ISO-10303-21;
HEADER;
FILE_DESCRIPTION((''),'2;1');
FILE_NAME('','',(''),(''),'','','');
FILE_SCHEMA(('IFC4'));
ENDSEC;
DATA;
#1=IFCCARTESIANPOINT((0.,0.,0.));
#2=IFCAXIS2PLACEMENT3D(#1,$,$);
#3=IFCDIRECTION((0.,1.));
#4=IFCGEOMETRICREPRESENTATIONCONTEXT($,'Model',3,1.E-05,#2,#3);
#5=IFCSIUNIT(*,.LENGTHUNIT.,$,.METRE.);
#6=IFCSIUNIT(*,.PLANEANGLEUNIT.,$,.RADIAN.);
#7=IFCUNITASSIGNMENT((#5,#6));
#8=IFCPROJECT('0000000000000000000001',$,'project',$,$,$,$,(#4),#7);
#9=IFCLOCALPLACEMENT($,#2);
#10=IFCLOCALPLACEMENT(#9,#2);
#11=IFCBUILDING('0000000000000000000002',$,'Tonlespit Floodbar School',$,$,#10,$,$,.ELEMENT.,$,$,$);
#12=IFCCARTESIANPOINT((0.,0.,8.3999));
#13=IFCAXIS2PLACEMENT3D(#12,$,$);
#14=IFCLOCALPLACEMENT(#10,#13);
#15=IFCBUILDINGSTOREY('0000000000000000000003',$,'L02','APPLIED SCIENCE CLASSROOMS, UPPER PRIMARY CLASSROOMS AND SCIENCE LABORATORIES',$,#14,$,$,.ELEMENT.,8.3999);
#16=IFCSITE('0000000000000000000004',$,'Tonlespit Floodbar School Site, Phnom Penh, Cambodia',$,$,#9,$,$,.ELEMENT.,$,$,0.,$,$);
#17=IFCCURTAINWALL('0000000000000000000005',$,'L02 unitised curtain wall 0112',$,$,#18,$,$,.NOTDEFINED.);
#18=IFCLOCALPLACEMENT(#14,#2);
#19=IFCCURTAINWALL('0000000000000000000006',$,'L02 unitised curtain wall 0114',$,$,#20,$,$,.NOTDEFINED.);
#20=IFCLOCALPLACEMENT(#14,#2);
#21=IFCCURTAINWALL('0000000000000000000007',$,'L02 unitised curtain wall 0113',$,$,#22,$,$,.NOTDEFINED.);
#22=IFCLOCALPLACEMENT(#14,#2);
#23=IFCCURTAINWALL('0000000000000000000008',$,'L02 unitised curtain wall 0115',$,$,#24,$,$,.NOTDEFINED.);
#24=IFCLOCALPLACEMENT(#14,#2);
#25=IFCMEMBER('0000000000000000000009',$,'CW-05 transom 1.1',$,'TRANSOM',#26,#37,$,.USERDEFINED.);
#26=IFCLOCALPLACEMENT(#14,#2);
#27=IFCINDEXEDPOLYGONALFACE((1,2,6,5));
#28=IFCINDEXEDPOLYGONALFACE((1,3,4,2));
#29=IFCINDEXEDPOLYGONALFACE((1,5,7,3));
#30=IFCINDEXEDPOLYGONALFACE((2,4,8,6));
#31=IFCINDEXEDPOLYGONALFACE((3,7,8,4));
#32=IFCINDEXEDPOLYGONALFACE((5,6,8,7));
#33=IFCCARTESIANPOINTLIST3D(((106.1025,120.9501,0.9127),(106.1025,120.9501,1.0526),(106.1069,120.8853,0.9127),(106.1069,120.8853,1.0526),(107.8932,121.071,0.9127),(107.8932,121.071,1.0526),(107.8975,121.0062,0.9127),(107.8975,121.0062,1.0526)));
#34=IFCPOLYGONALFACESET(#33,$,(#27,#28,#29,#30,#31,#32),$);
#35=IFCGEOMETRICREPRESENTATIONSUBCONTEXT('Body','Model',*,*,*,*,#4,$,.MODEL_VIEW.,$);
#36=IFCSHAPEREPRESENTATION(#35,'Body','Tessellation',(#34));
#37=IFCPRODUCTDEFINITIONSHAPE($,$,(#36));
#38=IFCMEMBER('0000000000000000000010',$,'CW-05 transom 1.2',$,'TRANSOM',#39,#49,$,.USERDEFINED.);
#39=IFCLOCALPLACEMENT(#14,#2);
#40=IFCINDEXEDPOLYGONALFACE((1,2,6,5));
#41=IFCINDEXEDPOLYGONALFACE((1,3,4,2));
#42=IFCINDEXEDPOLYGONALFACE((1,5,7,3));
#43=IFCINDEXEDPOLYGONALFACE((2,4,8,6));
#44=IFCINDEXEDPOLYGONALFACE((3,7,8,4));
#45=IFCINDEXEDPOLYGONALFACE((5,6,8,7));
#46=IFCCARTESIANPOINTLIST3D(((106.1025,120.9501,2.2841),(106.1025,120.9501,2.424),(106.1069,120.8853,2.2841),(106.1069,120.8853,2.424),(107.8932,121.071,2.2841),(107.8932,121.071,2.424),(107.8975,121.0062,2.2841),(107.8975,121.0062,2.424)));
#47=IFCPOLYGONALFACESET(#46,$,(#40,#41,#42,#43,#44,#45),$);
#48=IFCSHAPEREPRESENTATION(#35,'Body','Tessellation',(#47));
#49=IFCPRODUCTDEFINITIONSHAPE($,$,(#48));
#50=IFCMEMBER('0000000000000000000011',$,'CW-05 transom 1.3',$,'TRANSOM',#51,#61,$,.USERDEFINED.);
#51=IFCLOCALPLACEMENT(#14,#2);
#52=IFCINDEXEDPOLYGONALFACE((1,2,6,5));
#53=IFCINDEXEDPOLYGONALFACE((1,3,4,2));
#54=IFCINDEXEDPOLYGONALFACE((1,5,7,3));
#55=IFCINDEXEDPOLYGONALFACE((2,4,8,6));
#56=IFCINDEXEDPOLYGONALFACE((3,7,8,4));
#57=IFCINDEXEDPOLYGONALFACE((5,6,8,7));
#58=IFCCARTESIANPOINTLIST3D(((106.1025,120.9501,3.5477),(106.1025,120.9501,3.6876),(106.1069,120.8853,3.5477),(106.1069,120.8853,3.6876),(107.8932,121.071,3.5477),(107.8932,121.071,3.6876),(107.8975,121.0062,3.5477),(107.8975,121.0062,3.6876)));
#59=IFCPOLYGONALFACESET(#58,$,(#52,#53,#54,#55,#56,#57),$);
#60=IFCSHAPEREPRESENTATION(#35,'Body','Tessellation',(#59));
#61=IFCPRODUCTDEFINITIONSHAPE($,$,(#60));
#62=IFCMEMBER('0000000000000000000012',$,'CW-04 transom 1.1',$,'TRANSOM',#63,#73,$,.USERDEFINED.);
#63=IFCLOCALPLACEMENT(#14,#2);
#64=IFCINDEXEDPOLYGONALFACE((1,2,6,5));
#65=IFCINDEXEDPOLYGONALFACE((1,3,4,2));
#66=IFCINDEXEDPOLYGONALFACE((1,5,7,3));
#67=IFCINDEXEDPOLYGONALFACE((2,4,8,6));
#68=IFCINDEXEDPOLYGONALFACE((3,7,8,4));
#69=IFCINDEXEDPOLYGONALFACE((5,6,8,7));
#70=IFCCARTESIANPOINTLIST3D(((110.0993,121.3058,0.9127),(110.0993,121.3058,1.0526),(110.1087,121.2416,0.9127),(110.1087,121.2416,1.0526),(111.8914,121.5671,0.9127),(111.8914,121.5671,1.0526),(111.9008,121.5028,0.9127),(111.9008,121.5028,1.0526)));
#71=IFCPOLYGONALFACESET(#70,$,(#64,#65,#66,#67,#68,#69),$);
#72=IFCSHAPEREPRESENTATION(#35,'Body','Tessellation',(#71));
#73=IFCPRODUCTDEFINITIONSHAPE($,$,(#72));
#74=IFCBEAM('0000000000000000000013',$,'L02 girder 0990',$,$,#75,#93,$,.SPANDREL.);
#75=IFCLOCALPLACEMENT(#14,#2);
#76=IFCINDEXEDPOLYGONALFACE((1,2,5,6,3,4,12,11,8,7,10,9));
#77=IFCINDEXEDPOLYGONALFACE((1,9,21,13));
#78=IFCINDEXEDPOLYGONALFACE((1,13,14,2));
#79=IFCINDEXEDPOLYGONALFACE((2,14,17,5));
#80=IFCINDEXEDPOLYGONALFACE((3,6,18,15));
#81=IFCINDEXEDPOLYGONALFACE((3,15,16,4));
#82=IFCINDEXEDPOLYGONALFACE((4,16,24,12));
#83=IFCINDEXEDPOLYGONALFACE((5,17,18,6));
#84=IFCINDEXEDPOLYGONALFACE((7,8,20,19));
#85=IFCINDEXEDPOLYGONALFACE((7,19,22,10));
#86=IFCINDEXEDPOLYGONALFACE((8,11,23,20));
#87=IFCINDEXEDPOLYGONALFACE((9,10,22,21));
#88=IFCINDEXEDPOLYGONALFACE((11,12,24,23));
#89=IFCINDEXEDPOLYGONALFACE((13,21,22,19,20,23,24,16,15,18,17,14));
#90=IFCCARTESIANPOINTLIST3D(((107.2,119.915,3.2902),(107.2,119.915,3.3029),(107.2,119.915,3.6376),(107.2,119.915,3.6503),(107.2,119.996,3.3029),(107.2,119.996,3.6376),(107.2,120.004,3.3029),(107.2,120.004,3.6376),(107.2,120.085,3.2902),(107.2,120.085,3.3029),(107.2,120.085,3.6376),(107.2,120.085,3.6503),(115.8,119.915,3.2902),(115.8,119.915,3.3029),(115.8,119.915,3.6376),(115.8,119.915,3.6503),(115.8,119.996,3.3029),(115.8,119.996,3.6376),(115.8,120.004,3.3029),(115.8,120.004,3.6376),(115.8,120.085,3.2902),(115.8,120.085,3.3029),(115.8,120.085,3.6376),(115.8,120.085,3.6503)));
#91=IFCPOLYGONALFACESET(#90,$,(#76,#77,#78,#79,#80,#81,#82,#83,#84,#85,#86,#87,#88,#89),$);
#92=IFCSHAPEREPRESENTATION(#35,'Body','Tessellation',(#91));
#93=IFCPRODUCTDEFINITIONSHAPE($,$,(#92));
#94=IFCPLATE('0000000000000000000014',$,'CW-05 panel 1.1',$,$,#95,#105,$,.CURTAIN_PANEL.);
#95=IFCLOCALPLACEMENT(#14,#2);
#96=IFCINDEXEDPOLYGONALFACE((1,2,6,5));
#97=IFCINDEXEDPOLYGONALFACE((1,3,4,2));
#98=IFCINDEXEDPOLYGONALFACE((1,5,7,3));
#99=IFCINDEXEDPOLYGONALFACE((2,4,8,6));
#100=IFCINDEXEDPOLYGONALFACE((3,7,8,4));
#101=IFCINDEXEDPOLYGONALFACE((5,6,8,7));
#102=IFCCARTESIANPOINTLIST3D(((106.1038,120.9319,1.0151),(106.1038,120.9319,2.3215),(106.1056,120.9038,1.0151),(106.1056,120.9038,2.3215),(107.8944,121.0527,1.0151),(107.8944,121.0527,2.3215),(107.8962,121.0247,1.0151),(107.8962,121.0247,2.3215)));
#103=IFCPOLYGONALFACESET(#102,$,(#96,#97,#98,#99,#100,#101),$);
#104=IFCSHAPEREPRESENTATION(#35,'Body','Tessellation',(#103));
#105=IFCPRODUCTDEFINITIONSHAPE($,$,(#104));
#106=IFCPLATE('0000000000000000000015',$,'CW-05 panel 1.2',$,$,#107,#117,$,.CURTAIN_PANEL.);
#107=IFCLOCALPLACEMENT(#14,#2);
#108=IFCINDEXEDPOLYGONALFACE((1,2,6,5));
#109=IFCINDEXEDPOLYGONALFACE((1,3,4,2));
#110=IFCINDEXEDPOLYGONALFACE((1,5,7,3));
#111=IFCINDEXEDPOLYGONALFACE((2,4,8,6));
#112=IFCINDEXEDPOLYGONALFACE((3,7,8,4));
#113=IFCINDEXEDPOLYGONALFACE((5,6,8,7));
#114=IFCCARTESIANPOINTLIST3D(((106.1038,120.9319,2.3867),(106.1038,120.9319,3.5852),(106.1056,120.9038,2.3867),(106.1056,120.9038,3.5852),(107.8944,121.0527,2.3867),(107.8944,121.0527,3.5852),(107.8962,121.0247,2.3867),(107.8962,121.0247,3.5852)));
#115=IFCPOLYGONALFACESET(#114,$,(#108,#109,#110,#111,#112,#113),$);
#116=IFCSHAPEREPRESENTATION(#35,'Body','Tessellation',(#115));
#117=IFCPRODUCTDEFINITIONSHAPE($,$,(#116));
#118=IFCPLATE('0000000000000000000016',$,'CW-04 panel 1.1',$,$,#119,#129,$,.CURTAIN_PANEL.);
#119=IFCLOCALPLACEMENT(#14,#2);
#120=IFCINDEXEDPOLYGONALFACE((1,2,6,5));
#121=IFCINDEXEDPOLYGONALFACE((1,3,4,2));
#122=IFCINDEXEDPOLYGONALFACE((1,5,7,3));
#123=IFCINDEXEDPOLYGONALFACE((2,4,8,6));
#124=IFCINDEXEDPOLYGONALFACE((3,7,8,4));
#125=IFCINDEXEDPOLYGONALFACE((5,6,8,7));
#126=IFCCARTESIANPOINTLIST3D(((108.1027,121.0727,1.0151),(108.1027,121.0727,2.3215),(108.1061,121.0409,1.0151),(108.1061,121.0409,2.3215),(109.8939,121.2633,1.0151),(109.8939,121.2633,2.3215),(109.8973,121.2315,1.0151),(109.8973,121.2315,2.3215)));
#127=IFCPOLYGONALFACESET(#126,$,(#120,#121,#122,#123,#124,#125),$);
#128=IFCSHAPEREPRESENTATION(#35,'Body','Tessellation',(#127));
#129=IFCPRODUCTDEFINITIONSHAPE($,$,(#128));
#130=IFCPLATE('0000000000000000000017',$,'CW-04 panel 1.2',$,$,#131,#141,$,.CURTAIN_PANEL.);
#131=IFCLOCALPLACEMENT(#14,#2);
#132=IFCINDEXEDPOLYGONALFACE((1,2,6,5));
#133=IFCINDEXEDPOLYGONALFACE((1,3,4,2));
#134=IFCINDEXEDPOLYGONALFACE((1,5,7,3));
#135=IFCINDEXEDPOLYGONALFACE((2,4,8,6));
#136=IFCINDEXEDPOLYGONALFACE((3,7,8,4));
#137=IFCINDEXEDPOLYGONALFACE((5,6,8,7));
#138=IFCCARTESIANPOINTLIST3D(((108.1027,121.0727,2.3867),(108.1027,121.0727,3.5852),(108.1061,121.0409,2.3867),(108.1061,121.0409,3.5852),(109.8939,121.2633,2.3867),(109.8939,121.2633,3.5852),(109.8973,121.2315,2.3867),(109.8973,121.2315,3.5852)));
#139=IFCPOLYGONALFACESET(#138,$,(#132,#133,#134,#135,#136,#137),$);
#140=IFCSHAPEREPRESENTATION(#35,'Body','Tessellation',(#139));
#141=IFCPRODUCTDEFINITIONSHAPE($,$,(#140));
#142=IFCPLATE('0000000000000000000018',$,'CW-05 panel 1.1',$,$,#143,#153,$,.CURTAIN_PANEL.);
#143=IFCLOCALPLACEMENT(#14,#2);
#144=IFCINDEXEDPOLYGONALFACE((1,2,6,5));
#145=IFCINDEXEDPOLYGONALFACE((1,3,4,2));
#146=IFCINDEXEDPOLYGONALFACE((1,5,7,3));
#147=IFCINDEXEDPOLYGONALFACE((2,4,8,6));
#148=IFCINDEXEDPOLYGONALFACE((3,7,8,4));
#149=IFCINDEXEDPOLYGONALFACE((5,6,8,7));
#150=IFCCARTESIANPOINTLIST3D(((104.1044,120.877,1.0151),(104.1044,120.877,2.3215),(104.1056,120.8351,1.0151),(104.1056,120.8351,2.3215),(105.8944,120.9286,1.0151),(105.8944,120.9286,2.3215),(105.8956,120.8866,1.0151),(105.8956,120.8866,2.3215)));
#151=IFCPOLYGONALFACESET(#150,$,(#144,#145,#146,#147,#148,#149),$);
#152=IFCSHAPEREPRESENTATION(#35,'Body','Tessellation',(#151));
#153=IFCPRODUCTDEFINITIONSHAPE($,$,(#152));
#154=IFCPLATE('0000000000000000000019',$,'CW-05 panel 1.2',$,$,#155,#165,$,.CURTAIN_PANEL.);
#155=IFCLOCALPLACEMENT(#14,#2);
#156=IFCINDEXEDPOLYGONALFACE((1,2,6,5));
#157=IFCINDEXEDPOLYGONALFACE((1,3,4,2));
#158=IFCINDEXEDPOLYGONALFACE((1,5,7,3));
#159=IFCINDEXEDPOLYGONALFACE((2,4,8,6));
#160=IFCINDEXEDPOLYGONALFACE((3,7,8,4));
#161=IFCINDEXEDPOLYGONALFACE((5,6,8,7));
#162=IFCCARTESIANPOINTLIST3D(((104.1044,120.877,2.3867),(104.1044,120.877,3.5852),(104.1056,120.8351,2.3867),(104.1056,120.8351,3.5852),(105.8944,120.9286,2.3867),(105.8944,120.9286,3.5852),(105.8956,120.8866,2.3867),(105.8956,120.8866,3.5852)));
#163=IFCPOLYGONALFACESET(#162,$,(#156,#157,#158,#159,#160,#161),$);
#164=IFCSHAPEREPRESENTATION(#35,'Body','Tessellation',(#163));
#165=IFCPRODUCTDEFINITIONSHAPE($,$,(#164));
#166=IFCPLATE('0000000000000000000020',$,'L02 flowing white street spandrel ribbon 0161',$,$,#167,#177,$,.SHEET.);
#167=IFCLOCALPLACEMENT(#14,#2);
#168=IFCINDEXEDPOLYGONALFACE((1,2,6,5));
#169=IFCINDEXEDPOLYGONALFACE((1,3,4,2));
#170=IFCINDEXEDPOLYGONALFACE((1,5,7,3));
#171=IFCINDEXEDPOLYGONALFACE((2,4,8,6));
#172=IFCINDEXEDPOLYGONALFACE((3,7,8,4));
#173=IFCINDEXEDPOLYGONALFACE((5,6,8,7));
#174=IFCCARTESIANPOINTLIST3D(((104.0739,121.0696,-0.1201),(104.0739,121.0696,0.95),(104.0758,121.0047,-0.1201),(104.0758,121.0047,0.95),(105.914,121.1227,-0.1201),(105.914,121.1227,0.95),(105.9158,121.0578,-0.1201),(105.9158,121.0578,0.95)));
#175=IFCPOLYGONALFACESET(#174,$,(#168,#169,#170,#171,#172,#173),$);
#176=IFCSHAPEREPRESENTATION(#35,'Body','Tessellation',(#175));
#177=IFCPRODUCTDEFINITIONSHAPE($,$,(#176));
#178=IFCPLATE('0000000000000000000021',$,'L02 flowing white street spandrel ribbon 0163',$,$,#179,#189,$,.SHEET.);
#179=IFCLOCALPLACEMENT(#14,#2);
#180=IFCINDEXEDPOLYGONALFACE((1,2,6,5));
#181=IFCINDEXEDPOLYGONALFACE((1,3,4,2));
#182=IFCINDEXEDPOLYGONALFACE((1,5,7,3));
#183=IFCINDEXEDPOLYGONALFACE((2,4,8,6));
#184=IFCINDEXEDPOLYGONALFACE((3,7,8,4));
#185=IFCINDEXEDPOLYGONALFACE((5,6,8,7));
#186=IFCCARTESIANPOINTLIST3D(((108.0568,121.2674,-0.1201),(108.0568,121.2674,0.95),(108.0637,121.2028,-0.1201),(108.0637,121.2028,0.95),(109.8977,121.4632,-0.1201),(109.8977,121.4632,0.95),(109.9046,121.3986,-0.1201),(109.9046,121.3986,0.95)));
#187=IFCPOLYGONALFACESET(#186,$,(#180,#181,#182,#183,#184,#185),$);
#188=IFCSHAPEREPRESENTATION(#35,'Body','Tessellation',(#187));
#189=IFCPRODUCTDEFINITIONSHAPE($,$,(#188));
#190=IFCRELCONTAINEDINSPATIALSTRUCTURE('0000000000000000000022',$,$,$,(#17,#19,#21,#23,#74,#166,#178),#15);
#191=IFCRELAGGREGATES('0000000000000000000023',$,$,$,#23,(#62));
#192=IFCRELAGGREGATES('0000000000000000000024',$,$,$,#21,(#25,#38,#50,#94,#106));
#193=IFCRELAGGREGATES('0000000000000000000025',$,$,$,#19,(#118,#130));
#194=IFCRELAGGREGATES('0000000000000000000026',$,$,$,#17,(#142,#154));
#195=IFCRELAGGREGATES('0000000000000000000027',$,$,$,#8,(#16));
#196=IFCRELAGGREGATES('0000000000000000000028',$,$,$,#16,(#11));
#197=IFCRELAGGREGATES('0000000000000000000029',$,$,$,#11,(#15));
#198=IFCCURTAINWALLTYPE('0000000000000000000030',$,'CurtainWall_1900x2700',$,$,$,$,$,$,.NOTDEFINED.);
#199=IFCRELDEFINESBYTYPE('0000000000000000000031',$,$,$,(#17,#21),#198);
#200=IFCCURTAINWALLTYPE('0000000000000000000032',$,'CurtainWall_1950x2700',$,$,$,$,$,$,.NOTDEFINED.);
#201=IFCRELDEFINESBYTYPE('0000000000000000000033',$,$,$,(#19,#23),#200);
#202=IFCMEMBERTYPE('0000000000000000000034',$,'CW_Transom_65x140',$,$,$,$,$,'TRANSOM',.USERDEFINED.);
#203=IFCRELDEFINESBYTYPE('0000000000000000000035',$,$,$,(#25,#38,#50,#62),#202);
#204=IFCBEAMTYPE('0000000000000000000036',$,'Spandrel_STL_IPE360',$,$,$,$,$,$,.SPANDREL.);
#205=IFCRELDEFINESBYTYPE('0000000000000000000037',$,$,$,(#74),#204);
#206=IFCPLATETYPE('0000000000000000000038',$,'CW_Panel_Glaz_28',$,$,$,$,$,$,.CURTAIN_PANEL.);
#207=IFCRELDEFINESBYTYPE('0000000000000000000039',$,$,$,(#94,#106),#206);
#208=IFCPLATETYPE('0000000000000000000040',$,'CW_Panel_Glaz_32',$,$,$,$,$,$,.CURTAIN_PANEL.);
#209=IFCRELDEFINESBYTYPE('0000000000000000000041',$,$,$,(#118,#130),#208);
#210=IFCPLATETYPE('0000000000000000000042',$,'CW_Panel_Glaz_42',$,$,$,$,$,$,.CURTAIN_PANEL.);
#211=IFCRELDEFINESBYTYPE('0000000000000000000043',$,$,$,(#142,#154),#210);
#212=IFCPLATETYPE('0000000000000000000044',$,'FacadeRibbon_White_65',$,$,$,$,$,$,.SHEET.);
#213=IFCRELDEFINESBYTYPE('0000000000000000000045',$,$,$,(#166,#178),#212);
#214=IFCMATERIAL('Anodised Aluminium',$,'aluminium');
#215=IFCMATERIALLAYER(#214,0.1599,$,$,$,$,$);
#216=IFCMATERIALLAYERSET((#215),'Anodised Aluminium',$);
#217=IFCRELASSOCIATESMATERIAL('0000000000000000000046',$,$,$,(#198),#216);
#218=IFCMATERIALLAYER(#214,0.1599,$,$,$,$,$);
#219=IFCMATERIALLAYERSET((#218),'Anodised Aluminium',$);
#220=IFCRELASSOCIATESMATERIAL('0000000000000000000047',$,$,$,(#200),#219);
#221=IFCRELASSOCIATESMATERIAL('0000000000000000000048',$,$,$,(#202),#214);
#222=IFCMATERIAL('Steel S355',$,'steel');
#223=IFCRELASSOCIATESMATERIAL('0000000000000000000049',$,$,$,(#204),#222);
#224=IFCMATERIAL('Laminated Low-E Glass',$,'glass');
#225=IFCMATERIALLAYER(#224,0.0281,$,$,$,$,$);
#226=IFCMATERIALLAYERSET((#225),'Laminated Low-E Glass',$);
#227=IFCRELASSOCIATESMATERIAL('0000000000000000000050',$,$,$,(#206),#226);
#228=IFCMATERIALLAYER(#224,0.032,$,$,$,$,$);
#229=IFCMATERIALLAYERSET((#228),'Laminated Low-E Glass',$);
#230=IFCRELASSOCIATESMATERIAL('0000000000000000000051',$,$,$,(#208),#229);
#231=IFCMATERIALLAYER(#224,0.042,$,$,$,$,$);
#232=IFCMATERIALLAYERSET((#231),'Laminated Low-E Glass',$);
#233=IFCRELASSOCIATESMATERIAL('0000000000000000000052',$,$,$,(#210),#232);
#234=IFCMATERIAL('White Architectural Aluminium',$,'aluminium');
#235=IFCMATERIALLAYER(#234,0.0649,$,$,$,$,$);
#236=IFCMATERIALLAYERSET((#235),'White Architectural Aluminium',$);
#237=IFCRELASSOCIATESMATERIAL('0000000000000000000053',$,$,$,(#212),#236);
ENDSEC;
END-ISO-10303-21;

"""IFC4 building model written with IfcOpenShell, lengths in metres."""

from ifc_helpers import new_model, si_unit, direction, frame, origin, origin_2d, place, context, subcontext, project, spatial, rectangle, i_section, extrude, material, layer, layer_set, material_profile, profile_set, type_object, element, aggregate, save


model = new_model("IFC4")

# Units and contexts
model_context = context("Model", 3, precision=1e-05, world=origin(), true_north=direction((0.0, 1.0)))
body_context = subcontext(model_context, "Body", "Model", "MODEL_VIEW")
ifc_project = project(units=[si_unit("LENGTHUNIT", "METRE"), si_unit("PLANEANGLEUNIT", "RADIAN")], contexts=[model_context])

# Site, building, storey
site_placement = place(None, origin())
site = spatial("IfcSite", under=ifc_project, at=site_placement, Name="Tonlespit Floodbar School Site, Phnom Penh, Cambodia", CompositionType="ELEMENT", RefElevation=0.0)
building_placement = place(site_placement, origin())
building = spatial("IfcBuilding", under=site, at=building_placement, Name="Tonlespit Floodbar School", CompositionType="ELEMENT")
storey_placement = place(building_placement, frame((0.0, 0.0, 8.3999)))
storey = spatial("IfcBuildingStorey", under=building, at=storey_placement, Name="L02", Description="APPLIED SCIENCE CLASSROOMS, UPPER PRIMARY CLASSROOMS AND SCIENCE LABORATORIES", CompositionType="ELEMENT", Elevation=8.3999)

# Curtain walls
ifc_material_1 = material(Name="Anodised Aluminium", Category="aluminium")
ifc_layer_1 = layer(ifc_material_1, 0.1599)
ifc_layer_set_1 = layer_set([ifc_layer_1], Name="Anodised Aluminium")
curtain_wall_type_1 = type_object("IfcCurtainWallType", Name="CurtainWall_1900x2700", PredefinedType="NOTDEFINED", material=ifc_layer_set_1)
curtain_wall_1_placement = place(storey_placement, origin())
curtain_wall_1 = element("IfcCurtainWall", 1, at=curtain_wall_1_placement, inside=storey, type_object=curtain_wall_type_1, Name="L02 unitised curtain wall 0112", PredefinedType="NOTDEFINED")
ifc_layer_2 = layer(ifc_material_1, 0.1599)
ifc_layer_set_2 = layer_set([ifc_layer_2], Name="Anodised Aluminium")
curtain_wall_type_2 = type_object("IfcCurtainWallType", Name="CurtainWall_1950x2700", PredefinedType="NOTDEFINED", material=ifc_layer_set_2)
curtain_wall_2_placement = place(storey_placement, origin())
curtain_wall_2 = element("IfcCurtainWall", 2, at=curtain_wall_2_placement, inside=storey, type_object=curtain_wall_type_2, Name="L02 unitised curtain wall 0114", PredefinedType="NOTDEFINED")
curtain_wall_3_placement = place(storey_placement, origin())
curtain_wall_3 = element("IfcCurtainWall", 3, at=curtain_wall_3_placement, inside=storey, type_object=curtain_wall_type_1, Name="L02 unitised curtain wall 0113", PredefinedType="NOTDEFINED")

# Curtain wall
curtain_wall_4_placement = place(storey_placement, origin())
curtain_wall_4 = element("IfcCurtainWall", 4, at=curtain_wall_4_placement, inside=storey, type_object=curtain_wall_type_2, Name="L02 unitised curtain wall 0115", PredefinedType="NOTDEFINED")

# Members
ifc_material_profile_1 = material_profile(ifc_material_1, rectangle(XDim=0.0649, YDim=0.1399, at=origin_2d()), Name="ALU T65x140")
ifc_profile_set_1 = profile_set([ifc_material_profile_1], Name="Anodised Aluminium")
member_type_1 = type_object("IfcMemberType", Name="CW_Transom_65x140", ElementType="TRANSOM", PredefinedType="USERDEFINED", material=ifc_profile_set_1)
member_1_placement = place(storey_placement, frame((106.1047, 120.9177, 0.9827), z_axis=(0.99773, 0.067341, 0.0), x_axis=(-0.067341, 0.99773, 0.0)))
member_1 = element("IfcMember", 5, at=member_1_placement, type_object=member_type_1, Name="CW-05 transom 1.1", ObjectType="TRANSOM", PredefinedType="USERDEFINED", context=body_context, shape_type="SweptSolid", body=[
    extrude(rectangle(XDim=0.0649, YDim=0.1399, at=origin_2d()), origin(), (0.0, 0.0, 1.0), 1.7947),
])
member_2_placement = place(storey_placement, frame((106.1047, 120.9177, 2.354), z_axis=(0.99773, 0.067341, 0.0), x_axis=(-0.067341, 0.99773, 0.0)))
member_2 = element("IfcMember", 6, at=member_2_placement, type_object=member_type_1, Name="CW-05 transom 1.2", ObjectType="TRANSOM", PredefinedType="USERDEFINED", context=body_context, shape_type="SweptSolid", body=[
    extrude(rectangle(XDim=0.0649, YDim=0.1399, at=origin_2d()), origin(), (0.0, 0.0, 1.0), 1.7947),
])
member_3_placement = place(storey_placement, frame((106.1047, 120.9177, 3.6177), z_axis=(0.99773, 0.067341, 0.0), x_axis=(-0.067341, 0.99773, 0.0)))
member_3 = element("IfcMember", 7, at=member_3_placement, type_object=member_type_1, Name="CW-05 transom 1.3", ObjectType="TRANSOM", PredefinedType="USERDEFINED", context=body_context, shape_type="SweptSolid", body=[
    extrude(rectangle(XDim=0.0649, YDim=0.1399, at=origin_2d()), origin(), (0.0, 0.0, 1.0), 1.7947),
])
member_4_placement = place(storey_placement, frame((110.104, 121.2737, 0.9827), z_axis=(0.989541, 0.144252, 0.0), x_axis=(-0.144252, 0.989541, 0.0)))
member_4 = element("IfcMember", 8, at=member_4_placement, type_object=member_type_1, Name="CW-04 transom 1.1", ObjectType="TRANSOM", PredefinedType="USERDEFINED", context=body_context, shape_type="SweptSolid", body=[
    extrude(rectangle(XDim=0.0649, YDim=0.1399, at=origin_2d()), origin(), (0.0, 0.0, 1.0), 1.811),
])
aggregate(curtain_wall_4, [member_4])

# Beam
ifc_material_2 = material(Name="Steel S355", Category="steel")
ifc_material_profile_2 = material_profile(ifc_material_2, i_section(OverallWidth=0.1699, OverallDepth=0.3601, WebThickness=0.0081, FlangeThickness=0.0127, at=origin_2d()), Name="IPE 360")
ifc_profile_set_2 = profile_set([ifc_material_profile_2], Name="Steel S355")
beam_type = type_object("IfcBeamType", Name="Spandrel_STL_IPE360", PredefinedType="SPANDREL", material=ifc_profile_set_2)
beam_placement = place(storey_placement, frame((107.2, 120.0, 3.4702), z_axis=(1.0, 0.0, 0.0), x_axis=(0.0, 1.0, 0.0)))
element("IfcBeam", 9, at=beam_placement, inside=storey, type_object=beam_type, Name="L02 girder 0990", PredefinedType="SPANDREL", context=body_context, shape_type="SweptSolid", body=[
    extrude(i_section(OverallWidth=0.1699, OverallDepth=0.3601, WebThickness=0.0081, FlangeThickness=0.0127, at=origin_2d()), origin(), (0.0, 0.0, 1.0), 8.6001),
])

# Plates
ifc_material_3 = material(Name="Laminated Low-E Glass", Category="glass")
ifc_layer_3 = layer(ifc_material_3, 0.0281)
ifc_layer_set_3 = layer_set([ifc_layer_3], Name="Laminated Low-E Glass")
plate_type_1 = type_object("IfcPlateType", Name="CW_Panel_Glaz_28", PredefinedType="CURTAIN_PANEL", material=ifc_layer_set_3)
plate_1_placement = place(storey_placement, frame((107.0, 120.9783, 1.0151), z_axis=(0.0, 0.0, 1.0), x_axis=(0.99773, 0.06734, 0.0)))
plate_1 = element("IfcPlate", 10, at=plate_1_placement, type_object=plate_type_1, Name="CW-05 panel 1.1", PredefinedType="CURTAIN_PANEL", context=body_context, shape_type="SweptSolid", body=[
    extrude(rectangle(XDim=1.7947, YDim=0.0281, at=origin_2d()), origin(), (0.0, 0.0, 1.0), 1.3064),
])
plate_2_placement = place(storey_placement, frame((107.0, 120.9783, 2.3867), z_axis=(0.0, 0.0, 1.0), x_axis=(0.99773, 0.06734, 0.0)))
plate_2 = element("IfcPlate", 11, at=plate_2_placement, type_object=plate_type_1, Name="CW-05 panel 1.2", PredefinedType="CURTAIN_PANEL", context=body_context, shape_type="SweptSolid", body=[
    extrude(rectangle(XDim=1.7947, YDim=0.0281, at=origin_2d()), origin(), (0.0, 0.0, 1.0), 1.1985),
])
aggregate(curtain_wall_3, [member_1, member_2, member_3, plate_1, plate_2])
ifc_layer_4 = layer(ifc_material_3, 0.032)
ifc_layer_set_4 = layer_set([ifc_layer_4], Name="Laminated Low-E Glass")
plate_type_2 = type_object("IfcPlateType", Name="CW_Panel_Glaz_32", PredefinedType="CURTAIN_PANEL", material=ifc_layer_set_4)
plate_3_placement = place(storey_placement, frame((109.0, 121.1521, 1.0151), z_axis=(0.0, 0.0, 1.0), x_axis=(0.994389, 0.105787, 0.0)))
plate_3 = element("IfcPlate", 12, at=plate_3_placement, type_object=plate_type_2, Name="CW-04 panel 1.1", PredefinedType="CURTAIN_PANEL", context=body_context, shape_type="SweptSolid", body=[
    extrude(rectangle(XDim=1.8013, YDim=0.032, at=origin_2d()), origin(), (0.0, 0.0, 1.0), 1.3064),
])
plate_4_placement = place(storey_placement, frame((109.0, 121.1521, 2.3867), z_axis=(0.0, 0.0, 1.0), x_axis=(0.994389, 0.105787, 0.0)))
plate_4 = element("IfcPlate", 13, at=plate_4_placement, type_object=plate_type_2, Name="CW-04 panel 1.2", PredefinedType="CURTAIN_PANEL", context=body_context, shape_type="SweptSolid", body=[
    extrude(rectangle(XDim=1.8013, YDim=0.032, at=origin_2d()), origin(), (0.0, 0.0, 1.0), 1.1985),
])
aggregate(curtain_wall_2, [plate_3, plate_4])
ifc_layer_5 = layer(ifc_material_3, 0.042)
ifc_layer_set_5 = layer_set([ifc_layer_5], Name="Laminated Low-E Glass")
plate_type_3 = type_object("IfcPlateType", Name="CW_Panel_Glaz_42", PredefinedType="CURTAIN_PANEL", material=ifc_layer_set_5)
plate_5_placement = place(storey_placement, frame((105.0, 120.8818, 1.0151), z_axis=(0.0, 0.0, 1.0), x_axis=(0.999585, 0.02879, 0.0)))
plate_5 = element("IfcPlate", 14, at=plate_5_placement, type_object=plate_type_3, Name="CW-05 panel 1.1", PredefinedType="CURTAIN_PANEL", context=body_context, shape_type="SweptSolid", body=[
    extrude(rectangle(XDim=1.7908, YDim=0.042, at=origin_2d()), origin(), (0.0, 0.0, 1.0), 1.3064),
])
plate_6_placement = place(storey_placement, frame((105.0, 120.8818, 2.3867), z_axis=(0.0, 0.0, 1.0), x_axis=(0.999585, 0.02879, 0.0)))
plate_6 = element("IfcPlate", 15, at=plate_6_placement, type_object=plate_type_3, Name="CW-05 panel 1.2", PredefinedType="CURTAIN_PANEL", context=body_context, shape_type="SweptSolid", body=[
    extrude(rectangle(XDim=1.7908, YDim=0.042, at=origin_2d()), origin(), (0.0, 0.0, 1.0), 1.1985),
])
aggregate(curtain_wall_1, [plate_5, plate_6])

# Plates
ifc_material_4 = material(Name="White Architectural Aluminium", Category="aluminium")
ifc_layer_6 = layer(ifc_material_4, 0.0649)
ifc_layer_set_6 = layer_set([ifc_layer_6], Name="White Architectural Aluminium")
plate_type_4 = type_object("IfcPlateType", Name="FacadeRibbon_White_65", PredefinedType="SHEET", material=ifc_layer_set_6)
plate_7_placement = place(storey_placement, frame((104.9949, 121.0637, -0.1201), z_axis=(0.0, 0.0, 1.0), x_axis=(0.999584, 0.028838, 0.0)))
element("IfcPlate", 16, at=plate_7_placement, inside=storey, type_object=plate_type_4, Name="L02 flowing white street spandrel ribbon 0161", PredefinedType="SHEET", context=body_context, shape_type="SweptSolid", body=[
    extrude(rectangle(XDim=1.8408, YDim=0.0649, at=origin_2d()), origin(), (0.0, 0.0, 1.0), 1.0701),
])
plate_8_placement = place(storey_placement, frame((108.9807, 121.333, -0.1201), z_axis=(0.0, 0.0, 1.0), x_axis=(0.994392, 0.105754, 0.0)))
element("IfcPlate", 17, at=plate_8_placement, inside=storey, type_object=plate_type_4, Name="L02 flowing white street spandrel ribbon 0163", PredefinedType="SHEET", context=body_context, shape_type="SweptSolid", body=[
    extrude(rectangle(XDim=1.8513, YDim=0.0649, at=origin_2d()), origin(), (0.0, 0.0, 1.0), 1.0701),
])

save(model, "model.ifc")
